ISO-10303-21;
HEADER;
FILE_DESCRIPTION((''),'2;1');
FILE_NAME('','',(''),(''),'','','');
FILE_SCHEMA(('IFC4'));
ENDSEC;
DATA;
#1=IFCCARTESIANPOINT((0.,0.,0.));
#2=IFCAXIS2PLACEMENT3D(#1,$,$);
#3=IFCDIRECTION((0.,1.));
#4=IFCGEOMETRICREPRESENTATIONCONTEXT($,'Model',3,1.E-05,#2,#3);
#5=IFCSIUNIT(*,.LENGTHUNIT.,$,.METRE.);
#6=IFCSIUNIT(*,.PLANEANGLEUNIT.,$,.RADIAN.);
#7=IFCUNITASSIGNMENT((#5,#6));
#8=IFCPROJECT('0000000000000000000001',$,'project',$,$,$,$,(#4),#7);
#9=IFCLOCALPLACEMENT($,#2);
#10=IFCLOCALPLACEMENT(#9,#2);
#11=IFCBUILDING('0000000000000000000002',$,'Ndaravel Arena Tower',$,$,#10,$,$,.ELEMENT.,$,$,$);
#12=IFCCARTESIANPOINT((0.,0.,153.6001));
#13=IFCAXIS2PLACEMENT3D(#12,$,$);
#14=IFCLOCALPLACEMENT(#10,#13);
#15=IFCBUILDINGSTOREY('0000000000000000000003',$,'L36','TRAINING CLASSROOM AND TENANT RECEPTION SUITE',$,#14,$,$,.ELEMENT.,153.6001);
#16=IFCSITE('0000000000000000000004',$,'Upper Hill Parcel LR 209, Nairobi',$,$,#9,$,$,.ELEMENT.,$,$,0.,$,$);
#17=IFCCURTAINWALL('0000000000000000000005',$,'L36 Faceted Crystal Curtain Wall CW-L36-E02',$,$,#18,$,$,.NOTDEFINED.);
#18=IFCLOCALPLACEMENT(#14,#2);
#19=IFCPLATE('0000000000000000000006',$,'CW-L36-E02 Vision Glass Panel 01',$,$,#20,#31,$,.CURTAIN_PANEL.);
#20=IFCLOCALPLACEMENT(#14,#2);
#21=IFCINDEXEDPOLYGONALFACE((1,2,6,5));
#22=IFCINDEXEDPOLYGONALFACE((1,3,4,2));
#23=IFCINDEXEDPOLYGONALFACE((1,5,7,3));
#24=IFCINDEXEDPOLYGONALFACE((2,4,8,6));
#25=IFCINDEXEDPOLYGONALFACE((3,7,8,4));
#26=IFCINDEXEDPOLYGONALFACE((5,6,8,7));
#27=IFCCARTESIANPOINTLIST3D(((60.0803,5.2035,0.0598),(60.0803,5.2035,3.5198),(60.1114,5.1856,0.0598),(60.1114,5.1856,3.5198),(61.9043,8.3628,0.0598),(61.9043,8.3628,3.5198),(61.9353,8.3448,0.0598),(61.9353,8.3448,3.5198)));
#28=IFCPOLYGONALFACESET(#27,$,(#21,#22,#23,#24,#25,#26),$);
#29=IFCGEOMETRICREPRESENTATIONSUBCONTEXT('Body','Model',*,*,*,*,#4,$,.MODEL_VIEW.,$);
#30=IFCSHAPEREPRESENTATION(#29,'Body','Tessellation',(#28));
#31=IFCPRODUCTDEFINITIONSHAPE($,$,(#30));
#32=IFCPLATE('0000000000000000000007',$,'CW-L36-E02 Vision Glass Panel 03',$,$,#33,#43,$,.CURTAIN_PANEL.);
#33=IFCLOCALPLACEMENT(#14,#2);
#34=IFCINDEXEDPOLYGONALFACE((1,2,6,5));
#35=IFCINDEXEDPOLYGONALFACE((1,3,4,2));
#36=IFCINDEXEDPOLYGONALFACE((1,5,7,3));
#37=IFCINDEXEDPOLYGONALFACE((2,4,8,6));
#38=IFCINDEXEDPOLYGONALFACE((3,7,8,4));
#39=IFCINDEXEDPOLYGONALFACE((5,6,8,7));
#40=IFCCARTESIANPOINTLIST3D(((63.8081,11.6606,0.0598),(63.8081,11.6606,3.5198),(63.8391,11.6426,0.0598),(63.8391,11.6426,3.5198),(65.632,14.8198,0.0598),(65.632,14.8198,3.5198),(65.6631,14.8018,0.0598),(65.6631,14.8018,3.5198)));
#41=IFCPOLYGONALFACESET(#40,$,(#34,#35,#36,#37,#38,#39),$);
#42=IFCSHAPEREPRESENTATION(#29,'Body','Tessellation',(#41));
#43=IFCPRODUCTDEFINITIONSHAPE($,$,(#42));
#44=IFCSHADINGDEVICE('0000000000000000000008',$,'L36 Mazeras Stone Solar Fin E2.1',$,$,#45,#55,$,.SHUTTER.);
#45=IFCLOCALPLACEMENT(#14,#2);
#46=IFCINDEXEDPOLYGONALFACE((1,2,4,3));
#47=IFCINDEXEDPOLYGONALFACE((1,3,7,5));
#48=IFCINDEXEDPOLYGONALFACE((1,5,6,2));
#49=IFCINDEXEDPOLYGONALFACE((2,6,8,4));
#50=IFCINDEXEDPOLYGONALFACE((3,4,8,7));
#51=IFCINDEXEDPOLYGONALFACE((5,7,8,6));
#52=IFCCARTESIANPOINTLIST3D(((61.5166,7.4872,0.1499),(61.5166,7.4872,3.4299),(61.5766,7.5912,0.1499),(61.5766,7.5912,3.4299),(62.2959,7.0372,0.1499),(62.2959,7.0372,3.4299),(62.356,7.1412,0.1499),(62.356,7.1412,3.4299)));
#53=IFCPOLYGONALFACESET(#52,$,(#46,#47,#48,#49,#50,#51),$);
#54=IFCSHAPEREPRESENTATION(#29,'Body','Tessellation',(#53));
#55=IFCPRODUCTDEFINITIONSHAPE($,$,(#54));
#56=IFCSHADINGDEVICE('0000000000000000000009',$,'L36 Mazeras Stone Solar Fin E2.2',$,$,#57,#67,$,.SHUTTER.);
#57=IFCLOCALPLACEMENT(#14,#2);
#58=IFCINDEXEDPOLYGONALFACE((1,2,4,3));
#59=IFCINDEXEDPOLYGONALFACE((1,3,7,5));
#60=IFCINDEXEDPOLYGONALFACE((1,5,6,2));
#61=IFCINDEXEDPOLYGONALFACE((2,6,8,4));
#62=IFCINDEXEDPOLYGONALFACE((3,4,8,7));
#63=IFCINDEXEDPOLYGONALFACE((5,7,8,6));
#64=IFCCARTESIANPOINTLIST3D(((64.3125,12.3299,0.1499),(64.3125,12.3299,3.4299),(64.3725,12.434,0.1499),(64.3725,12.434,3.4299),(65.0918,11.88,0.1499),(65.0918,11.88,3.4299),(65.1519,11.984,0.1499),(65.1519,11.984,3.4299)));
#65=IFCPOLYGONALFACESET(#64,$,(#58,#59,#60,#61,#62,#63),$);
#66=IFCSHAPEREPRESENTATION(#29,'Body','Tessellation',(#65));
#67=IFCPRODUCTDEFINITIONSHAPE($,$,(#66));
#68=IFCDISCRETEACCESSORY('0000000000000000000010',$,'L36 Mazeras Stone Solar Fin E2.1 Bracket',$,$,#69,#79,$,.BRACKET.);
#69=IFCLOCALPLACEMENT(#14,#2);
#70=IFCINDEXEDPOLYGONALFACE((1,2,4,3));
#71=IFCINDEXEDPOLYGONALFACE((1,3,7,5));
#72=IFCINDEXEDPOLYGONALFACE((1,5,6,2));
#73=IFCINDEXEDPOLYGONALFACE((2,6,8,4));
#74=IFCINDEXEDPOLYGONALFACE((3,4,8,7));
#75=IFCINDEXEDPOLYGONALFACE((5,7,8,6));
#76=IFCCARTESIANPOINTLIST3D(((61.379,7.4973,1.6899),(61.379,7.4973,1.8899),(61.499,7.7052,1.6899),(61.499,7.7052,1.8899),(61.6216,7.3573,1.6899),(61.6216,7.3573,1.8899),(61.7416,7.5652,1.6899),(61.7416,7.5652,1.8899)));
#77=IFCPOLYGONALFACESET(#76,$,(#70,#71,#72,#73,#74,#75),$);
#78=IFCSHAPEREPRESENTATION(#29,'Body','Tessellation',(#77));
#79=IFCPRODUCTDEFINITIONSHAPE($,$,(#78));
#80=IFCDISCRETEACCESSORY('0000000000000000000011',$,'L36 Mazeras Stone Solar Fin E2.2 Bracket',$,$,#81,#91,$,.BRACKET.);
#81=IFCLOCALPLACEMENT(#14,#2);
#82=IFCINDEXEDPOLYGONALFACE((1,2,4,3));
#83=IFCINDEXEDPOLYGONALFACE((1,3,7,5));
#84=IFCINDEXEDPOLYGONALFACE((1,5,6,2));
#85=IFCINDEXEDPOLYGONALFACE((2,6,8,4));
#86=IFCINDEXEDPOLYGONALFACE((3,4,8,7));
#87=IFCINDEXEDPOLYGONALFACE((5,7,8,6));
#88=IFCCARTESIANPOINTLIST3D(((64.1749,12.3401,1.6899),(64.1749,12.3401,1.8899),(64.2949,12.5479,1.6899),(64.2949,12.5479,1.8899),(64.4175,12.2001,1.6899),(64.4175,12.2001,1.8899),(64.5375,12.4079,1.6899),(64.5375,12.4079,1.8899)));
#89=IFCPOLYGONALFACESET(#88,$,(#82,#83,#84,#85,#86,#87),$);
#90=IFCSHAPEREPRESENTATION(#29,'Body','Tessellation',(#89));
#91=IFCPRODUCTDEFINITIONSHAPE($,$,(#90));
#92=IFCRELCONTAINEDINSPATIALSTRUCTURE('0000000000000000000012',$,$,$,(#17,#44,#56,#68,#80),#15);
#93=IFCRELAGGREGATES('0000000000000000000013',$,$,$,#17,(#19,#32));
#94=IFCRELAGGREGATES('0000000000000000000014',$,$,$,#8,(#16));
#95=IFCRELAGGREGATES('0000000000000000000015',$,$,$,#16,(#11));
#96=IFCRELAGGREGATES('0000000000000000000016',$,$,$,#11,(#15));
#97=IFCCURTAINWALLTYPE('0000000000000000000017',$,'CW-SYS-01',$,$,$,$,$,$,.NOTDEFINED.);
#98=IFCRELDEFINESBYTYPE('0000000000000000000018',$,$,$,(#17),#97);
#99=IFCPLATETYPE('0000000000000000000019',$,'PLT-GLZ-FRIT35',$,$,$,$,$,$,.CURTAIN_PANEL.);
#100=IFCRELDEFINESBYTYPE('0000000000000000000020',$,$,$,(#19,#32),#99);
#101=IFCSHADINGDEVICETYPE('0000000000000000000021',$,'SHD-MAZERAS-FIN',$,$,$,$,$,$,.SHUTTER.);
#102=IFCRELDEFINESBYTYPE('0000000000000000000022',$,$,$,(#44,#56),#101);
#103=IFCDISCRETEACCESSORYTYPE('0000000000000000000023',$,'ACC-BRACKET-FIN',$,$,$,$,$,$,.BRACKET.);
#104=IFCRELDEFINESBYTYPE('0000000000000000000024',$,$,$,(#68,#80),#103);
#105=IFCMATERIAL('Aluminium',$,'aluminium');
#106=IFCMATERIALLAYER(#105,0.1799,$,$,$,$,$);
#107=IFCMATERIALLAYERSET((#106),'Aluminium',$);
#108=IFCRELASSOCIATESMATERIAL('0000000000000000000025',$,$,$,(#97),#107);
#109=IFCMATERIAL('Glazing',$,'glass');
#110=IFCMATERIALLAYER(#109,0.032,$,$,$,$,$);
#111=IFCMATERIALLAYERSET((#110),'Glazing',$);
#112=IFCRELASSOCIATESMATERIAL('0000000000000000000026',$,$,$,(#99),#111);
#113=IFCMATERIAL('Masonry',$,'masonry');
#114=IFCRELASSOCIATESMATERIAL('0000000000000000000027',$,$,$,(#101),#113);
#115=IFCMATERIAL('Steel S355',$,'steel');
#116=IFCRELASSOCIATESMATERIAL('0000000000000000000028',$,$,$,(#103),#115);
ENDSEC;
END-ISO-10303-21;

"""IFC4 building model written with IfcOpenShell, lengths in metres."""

from ifc_helpers import new_model, si_unit, direction, frame, origin, origin_2d, place, context, subcontext, project, spatial, rectangle, extrude, material, layer, layer_set, type_object, element, aggregate, save


model = new_model("IFC4")

# Units and contexts
model_context = context("Model", 3, precision=1e-05, world=origin(), true_north=direction((0.0, 1.0)))
body_context = subcontext(model_context, "Body", "Model", "MODEL_VIEW")
ifc_project = project(units=[si_unit("LENGTHUNIT", "METRE"), si_unit("PLANEANGLEUNIT", "RADIAN")], contexts=[model_context])

# Site, building, storey
site_placement = place(None, origin())
site = spatial("IfcSite", under=ifc_project, at=site_placement, Name="Upper Hill Parcel LR 209, Nairobi", CompositionType="ELEMENT", RefElevation=0.0)
building_placement = place(site_placement, origin())
building = spatial("IfcBuilding", under=site, at=building_placement, Name="Ndaravel Arena Tower", CompositionType="ELEMENT")
storey_placement = place(building_placement, frame((0.0, 0.0, 153.6001)))
storey = spatial("IfcBuildingStorey", under=building, at=storey_placement, Name="L36", Description="TRAINING CLASSROOM AND TENANT RECEPTION SUITE", CompositionType="ELEMENT", Elevation=153.6001)

# Curtain wall, plates
ifc_material_1 = material(Name="Aluminium", Category="aluminium")
ifc_layer_1 = layer(ifc_material_1, 0.1799)
ifc_layer_set_1 = layer_set([ifc_layer_1], Name="Aluminium")
curtain_wall_type = type_object("IfcCurtainWallType", Name="CW-SYS-01", PredefinedType="NOTDEFINED", material=ifc_layer_set_1)
curtain_wall_placement = place(storey_placement, origin())
curtain_wall = element("IfcCurtainWall", 1, at=curtain_wall_placement, inside=storey, type_object=curtain_wall_type, Name="L36 Faceted Crystal Curtain Wall CW-L36-E02", PredefinedType="NOTDEFINED")
ifc_material_2 = material(Name="Glazing", Category="glass")
ifc_layer_2 = layer(ifc_material_2, 0.032)
ifc_layer_set_2 = layer_set([ifc_layer_2], Name="Glazing")
plate_type_1 = type_object("IfcPlateType", Name="PLT-GLZ-FRIT35", PredefinedType="CURTAIN_PANEL", material=ifc_layer_set_2)
plate_1_placement = place(storey_placement, frame((61.0078, 6.7742, 0.0598), z_axis=(0.0, 0.0, 1.0), x_axis=(0.5, 0.866025, 0.0)))
plate_1 = element("IfcPlate", 2, at=plate_1_placement, type_object=plate_type_1, Name="CW-L36-E02 Vision Glass Panel 01", PredefinedType="CURTAIN_PANEL", context=body_context, shape_type="SweptSolid", body=[
    extrude(rectangle(XDim=3.6479, YDim=0.0359, at=origin_2d()), origin(), (0.0, 0.0, 1.0), 3.46),
])
plate_2_placement = place(storey_placement, frame((64.7356, 13.2312, 0.0598), z_axis=(0.0, 0.0, 1.0), x_axis=(0.5, 0.866025, 0.0)))
plate_2 = element("IfcPlate", 3, at=plate_2_placement, type_object=plate_type_1, Name="CW-L36-E02 Vision Glass Panel 03", PredefinedType="CURTAIN_PANEL", context=body_context, shape_type="SweptSolid", body=[
    extrude(rectangle(XDim=3.6479, YDim=0.0359, at=origin_2d()), origin(), (0.0, 0.0, 1.0), 3.46),
])
aggregate(curtain_wall, [plate_1, plate_2])

# Shading devices
ifc_material_3 = material(Name="Masonry", Category="masonry")
shading_device_type = type_object("IfcShadingDeviceType", Name="SHD-MAZERAS-FIN", PredefinedType="SHUTTER", material=ifc_material_3)
for number, where, z_axis, x_axis, name in (
    (4, (61.9363, 7.3142, 0.1499), (0.0, 0.0, 1.0), (0.866025, -0.5, 0.0), "L36 Mazeras Stone Solar Fin E2.1"),
    (5, (64.7322, 12.157, 0.1499), (0.0, 0.0, 1.0), (0.866025, -0.5, 0.0), "L36 Mazeras Stone Solar Fin E2.2"),
):
    element("IfcShadingDevice", number, at=place(storey_placement, frame(where, z_axis=z_axis, x_axis=x_axis)), inside=storey, type_object=shading_device_type, Name=name, PredefinedType="SHUTTER", context=body_context, shape_type="SweptSolid", body=[
        extrude(rectangle(XDim=0.8999, YDim=0.1201, at=origin_2d()), origin(), (0.0, 0.0, 1.0), 3.28),
    ])

# Discrete accessories
ifc_material_4 = material(Name="Steel S355", Category="steel")
discrete_accessory_type = type_object("IfcDiscreteAccessoryType", Name="ACC-BRACKET-FIN", PredefinedType="BRACKET", material=ifc_material_4)
for number, where, z_axis, x_axis, name in (
    (6, (61.5603, 7.5312, 1.6899), (0.0, 0.0, 1.0), (0.866025, -0.5, 0.0), "L36 Mazeras Stone Solar Fin E2.1 Bracket"),
    (7, (64.3562, 12.374, 1.6899), (0.0, 0.0, 1.0), (0.866025, -0.5, 0.0), "L36 Mazeras Stone Solar Fin E2.2 Bracket"),
):
    element("IfcDiscreteAccessory", number, at=place(storey_placement, frame(where, z_axis=z_axis, x_axis=x_axis)), inside=storey, type_object=discrete_accessory_type, Name=name, PredefinedType="BRACKET", context=body_context, shape_type="SweptSolid", body=[
        extrude(rectangle(XDim=0.28, YDim=0.24, at=origin_2d()), origin(), (0.0, 0.0, 1.0), 0.2),
    ])

save(model, "model.ifc")
